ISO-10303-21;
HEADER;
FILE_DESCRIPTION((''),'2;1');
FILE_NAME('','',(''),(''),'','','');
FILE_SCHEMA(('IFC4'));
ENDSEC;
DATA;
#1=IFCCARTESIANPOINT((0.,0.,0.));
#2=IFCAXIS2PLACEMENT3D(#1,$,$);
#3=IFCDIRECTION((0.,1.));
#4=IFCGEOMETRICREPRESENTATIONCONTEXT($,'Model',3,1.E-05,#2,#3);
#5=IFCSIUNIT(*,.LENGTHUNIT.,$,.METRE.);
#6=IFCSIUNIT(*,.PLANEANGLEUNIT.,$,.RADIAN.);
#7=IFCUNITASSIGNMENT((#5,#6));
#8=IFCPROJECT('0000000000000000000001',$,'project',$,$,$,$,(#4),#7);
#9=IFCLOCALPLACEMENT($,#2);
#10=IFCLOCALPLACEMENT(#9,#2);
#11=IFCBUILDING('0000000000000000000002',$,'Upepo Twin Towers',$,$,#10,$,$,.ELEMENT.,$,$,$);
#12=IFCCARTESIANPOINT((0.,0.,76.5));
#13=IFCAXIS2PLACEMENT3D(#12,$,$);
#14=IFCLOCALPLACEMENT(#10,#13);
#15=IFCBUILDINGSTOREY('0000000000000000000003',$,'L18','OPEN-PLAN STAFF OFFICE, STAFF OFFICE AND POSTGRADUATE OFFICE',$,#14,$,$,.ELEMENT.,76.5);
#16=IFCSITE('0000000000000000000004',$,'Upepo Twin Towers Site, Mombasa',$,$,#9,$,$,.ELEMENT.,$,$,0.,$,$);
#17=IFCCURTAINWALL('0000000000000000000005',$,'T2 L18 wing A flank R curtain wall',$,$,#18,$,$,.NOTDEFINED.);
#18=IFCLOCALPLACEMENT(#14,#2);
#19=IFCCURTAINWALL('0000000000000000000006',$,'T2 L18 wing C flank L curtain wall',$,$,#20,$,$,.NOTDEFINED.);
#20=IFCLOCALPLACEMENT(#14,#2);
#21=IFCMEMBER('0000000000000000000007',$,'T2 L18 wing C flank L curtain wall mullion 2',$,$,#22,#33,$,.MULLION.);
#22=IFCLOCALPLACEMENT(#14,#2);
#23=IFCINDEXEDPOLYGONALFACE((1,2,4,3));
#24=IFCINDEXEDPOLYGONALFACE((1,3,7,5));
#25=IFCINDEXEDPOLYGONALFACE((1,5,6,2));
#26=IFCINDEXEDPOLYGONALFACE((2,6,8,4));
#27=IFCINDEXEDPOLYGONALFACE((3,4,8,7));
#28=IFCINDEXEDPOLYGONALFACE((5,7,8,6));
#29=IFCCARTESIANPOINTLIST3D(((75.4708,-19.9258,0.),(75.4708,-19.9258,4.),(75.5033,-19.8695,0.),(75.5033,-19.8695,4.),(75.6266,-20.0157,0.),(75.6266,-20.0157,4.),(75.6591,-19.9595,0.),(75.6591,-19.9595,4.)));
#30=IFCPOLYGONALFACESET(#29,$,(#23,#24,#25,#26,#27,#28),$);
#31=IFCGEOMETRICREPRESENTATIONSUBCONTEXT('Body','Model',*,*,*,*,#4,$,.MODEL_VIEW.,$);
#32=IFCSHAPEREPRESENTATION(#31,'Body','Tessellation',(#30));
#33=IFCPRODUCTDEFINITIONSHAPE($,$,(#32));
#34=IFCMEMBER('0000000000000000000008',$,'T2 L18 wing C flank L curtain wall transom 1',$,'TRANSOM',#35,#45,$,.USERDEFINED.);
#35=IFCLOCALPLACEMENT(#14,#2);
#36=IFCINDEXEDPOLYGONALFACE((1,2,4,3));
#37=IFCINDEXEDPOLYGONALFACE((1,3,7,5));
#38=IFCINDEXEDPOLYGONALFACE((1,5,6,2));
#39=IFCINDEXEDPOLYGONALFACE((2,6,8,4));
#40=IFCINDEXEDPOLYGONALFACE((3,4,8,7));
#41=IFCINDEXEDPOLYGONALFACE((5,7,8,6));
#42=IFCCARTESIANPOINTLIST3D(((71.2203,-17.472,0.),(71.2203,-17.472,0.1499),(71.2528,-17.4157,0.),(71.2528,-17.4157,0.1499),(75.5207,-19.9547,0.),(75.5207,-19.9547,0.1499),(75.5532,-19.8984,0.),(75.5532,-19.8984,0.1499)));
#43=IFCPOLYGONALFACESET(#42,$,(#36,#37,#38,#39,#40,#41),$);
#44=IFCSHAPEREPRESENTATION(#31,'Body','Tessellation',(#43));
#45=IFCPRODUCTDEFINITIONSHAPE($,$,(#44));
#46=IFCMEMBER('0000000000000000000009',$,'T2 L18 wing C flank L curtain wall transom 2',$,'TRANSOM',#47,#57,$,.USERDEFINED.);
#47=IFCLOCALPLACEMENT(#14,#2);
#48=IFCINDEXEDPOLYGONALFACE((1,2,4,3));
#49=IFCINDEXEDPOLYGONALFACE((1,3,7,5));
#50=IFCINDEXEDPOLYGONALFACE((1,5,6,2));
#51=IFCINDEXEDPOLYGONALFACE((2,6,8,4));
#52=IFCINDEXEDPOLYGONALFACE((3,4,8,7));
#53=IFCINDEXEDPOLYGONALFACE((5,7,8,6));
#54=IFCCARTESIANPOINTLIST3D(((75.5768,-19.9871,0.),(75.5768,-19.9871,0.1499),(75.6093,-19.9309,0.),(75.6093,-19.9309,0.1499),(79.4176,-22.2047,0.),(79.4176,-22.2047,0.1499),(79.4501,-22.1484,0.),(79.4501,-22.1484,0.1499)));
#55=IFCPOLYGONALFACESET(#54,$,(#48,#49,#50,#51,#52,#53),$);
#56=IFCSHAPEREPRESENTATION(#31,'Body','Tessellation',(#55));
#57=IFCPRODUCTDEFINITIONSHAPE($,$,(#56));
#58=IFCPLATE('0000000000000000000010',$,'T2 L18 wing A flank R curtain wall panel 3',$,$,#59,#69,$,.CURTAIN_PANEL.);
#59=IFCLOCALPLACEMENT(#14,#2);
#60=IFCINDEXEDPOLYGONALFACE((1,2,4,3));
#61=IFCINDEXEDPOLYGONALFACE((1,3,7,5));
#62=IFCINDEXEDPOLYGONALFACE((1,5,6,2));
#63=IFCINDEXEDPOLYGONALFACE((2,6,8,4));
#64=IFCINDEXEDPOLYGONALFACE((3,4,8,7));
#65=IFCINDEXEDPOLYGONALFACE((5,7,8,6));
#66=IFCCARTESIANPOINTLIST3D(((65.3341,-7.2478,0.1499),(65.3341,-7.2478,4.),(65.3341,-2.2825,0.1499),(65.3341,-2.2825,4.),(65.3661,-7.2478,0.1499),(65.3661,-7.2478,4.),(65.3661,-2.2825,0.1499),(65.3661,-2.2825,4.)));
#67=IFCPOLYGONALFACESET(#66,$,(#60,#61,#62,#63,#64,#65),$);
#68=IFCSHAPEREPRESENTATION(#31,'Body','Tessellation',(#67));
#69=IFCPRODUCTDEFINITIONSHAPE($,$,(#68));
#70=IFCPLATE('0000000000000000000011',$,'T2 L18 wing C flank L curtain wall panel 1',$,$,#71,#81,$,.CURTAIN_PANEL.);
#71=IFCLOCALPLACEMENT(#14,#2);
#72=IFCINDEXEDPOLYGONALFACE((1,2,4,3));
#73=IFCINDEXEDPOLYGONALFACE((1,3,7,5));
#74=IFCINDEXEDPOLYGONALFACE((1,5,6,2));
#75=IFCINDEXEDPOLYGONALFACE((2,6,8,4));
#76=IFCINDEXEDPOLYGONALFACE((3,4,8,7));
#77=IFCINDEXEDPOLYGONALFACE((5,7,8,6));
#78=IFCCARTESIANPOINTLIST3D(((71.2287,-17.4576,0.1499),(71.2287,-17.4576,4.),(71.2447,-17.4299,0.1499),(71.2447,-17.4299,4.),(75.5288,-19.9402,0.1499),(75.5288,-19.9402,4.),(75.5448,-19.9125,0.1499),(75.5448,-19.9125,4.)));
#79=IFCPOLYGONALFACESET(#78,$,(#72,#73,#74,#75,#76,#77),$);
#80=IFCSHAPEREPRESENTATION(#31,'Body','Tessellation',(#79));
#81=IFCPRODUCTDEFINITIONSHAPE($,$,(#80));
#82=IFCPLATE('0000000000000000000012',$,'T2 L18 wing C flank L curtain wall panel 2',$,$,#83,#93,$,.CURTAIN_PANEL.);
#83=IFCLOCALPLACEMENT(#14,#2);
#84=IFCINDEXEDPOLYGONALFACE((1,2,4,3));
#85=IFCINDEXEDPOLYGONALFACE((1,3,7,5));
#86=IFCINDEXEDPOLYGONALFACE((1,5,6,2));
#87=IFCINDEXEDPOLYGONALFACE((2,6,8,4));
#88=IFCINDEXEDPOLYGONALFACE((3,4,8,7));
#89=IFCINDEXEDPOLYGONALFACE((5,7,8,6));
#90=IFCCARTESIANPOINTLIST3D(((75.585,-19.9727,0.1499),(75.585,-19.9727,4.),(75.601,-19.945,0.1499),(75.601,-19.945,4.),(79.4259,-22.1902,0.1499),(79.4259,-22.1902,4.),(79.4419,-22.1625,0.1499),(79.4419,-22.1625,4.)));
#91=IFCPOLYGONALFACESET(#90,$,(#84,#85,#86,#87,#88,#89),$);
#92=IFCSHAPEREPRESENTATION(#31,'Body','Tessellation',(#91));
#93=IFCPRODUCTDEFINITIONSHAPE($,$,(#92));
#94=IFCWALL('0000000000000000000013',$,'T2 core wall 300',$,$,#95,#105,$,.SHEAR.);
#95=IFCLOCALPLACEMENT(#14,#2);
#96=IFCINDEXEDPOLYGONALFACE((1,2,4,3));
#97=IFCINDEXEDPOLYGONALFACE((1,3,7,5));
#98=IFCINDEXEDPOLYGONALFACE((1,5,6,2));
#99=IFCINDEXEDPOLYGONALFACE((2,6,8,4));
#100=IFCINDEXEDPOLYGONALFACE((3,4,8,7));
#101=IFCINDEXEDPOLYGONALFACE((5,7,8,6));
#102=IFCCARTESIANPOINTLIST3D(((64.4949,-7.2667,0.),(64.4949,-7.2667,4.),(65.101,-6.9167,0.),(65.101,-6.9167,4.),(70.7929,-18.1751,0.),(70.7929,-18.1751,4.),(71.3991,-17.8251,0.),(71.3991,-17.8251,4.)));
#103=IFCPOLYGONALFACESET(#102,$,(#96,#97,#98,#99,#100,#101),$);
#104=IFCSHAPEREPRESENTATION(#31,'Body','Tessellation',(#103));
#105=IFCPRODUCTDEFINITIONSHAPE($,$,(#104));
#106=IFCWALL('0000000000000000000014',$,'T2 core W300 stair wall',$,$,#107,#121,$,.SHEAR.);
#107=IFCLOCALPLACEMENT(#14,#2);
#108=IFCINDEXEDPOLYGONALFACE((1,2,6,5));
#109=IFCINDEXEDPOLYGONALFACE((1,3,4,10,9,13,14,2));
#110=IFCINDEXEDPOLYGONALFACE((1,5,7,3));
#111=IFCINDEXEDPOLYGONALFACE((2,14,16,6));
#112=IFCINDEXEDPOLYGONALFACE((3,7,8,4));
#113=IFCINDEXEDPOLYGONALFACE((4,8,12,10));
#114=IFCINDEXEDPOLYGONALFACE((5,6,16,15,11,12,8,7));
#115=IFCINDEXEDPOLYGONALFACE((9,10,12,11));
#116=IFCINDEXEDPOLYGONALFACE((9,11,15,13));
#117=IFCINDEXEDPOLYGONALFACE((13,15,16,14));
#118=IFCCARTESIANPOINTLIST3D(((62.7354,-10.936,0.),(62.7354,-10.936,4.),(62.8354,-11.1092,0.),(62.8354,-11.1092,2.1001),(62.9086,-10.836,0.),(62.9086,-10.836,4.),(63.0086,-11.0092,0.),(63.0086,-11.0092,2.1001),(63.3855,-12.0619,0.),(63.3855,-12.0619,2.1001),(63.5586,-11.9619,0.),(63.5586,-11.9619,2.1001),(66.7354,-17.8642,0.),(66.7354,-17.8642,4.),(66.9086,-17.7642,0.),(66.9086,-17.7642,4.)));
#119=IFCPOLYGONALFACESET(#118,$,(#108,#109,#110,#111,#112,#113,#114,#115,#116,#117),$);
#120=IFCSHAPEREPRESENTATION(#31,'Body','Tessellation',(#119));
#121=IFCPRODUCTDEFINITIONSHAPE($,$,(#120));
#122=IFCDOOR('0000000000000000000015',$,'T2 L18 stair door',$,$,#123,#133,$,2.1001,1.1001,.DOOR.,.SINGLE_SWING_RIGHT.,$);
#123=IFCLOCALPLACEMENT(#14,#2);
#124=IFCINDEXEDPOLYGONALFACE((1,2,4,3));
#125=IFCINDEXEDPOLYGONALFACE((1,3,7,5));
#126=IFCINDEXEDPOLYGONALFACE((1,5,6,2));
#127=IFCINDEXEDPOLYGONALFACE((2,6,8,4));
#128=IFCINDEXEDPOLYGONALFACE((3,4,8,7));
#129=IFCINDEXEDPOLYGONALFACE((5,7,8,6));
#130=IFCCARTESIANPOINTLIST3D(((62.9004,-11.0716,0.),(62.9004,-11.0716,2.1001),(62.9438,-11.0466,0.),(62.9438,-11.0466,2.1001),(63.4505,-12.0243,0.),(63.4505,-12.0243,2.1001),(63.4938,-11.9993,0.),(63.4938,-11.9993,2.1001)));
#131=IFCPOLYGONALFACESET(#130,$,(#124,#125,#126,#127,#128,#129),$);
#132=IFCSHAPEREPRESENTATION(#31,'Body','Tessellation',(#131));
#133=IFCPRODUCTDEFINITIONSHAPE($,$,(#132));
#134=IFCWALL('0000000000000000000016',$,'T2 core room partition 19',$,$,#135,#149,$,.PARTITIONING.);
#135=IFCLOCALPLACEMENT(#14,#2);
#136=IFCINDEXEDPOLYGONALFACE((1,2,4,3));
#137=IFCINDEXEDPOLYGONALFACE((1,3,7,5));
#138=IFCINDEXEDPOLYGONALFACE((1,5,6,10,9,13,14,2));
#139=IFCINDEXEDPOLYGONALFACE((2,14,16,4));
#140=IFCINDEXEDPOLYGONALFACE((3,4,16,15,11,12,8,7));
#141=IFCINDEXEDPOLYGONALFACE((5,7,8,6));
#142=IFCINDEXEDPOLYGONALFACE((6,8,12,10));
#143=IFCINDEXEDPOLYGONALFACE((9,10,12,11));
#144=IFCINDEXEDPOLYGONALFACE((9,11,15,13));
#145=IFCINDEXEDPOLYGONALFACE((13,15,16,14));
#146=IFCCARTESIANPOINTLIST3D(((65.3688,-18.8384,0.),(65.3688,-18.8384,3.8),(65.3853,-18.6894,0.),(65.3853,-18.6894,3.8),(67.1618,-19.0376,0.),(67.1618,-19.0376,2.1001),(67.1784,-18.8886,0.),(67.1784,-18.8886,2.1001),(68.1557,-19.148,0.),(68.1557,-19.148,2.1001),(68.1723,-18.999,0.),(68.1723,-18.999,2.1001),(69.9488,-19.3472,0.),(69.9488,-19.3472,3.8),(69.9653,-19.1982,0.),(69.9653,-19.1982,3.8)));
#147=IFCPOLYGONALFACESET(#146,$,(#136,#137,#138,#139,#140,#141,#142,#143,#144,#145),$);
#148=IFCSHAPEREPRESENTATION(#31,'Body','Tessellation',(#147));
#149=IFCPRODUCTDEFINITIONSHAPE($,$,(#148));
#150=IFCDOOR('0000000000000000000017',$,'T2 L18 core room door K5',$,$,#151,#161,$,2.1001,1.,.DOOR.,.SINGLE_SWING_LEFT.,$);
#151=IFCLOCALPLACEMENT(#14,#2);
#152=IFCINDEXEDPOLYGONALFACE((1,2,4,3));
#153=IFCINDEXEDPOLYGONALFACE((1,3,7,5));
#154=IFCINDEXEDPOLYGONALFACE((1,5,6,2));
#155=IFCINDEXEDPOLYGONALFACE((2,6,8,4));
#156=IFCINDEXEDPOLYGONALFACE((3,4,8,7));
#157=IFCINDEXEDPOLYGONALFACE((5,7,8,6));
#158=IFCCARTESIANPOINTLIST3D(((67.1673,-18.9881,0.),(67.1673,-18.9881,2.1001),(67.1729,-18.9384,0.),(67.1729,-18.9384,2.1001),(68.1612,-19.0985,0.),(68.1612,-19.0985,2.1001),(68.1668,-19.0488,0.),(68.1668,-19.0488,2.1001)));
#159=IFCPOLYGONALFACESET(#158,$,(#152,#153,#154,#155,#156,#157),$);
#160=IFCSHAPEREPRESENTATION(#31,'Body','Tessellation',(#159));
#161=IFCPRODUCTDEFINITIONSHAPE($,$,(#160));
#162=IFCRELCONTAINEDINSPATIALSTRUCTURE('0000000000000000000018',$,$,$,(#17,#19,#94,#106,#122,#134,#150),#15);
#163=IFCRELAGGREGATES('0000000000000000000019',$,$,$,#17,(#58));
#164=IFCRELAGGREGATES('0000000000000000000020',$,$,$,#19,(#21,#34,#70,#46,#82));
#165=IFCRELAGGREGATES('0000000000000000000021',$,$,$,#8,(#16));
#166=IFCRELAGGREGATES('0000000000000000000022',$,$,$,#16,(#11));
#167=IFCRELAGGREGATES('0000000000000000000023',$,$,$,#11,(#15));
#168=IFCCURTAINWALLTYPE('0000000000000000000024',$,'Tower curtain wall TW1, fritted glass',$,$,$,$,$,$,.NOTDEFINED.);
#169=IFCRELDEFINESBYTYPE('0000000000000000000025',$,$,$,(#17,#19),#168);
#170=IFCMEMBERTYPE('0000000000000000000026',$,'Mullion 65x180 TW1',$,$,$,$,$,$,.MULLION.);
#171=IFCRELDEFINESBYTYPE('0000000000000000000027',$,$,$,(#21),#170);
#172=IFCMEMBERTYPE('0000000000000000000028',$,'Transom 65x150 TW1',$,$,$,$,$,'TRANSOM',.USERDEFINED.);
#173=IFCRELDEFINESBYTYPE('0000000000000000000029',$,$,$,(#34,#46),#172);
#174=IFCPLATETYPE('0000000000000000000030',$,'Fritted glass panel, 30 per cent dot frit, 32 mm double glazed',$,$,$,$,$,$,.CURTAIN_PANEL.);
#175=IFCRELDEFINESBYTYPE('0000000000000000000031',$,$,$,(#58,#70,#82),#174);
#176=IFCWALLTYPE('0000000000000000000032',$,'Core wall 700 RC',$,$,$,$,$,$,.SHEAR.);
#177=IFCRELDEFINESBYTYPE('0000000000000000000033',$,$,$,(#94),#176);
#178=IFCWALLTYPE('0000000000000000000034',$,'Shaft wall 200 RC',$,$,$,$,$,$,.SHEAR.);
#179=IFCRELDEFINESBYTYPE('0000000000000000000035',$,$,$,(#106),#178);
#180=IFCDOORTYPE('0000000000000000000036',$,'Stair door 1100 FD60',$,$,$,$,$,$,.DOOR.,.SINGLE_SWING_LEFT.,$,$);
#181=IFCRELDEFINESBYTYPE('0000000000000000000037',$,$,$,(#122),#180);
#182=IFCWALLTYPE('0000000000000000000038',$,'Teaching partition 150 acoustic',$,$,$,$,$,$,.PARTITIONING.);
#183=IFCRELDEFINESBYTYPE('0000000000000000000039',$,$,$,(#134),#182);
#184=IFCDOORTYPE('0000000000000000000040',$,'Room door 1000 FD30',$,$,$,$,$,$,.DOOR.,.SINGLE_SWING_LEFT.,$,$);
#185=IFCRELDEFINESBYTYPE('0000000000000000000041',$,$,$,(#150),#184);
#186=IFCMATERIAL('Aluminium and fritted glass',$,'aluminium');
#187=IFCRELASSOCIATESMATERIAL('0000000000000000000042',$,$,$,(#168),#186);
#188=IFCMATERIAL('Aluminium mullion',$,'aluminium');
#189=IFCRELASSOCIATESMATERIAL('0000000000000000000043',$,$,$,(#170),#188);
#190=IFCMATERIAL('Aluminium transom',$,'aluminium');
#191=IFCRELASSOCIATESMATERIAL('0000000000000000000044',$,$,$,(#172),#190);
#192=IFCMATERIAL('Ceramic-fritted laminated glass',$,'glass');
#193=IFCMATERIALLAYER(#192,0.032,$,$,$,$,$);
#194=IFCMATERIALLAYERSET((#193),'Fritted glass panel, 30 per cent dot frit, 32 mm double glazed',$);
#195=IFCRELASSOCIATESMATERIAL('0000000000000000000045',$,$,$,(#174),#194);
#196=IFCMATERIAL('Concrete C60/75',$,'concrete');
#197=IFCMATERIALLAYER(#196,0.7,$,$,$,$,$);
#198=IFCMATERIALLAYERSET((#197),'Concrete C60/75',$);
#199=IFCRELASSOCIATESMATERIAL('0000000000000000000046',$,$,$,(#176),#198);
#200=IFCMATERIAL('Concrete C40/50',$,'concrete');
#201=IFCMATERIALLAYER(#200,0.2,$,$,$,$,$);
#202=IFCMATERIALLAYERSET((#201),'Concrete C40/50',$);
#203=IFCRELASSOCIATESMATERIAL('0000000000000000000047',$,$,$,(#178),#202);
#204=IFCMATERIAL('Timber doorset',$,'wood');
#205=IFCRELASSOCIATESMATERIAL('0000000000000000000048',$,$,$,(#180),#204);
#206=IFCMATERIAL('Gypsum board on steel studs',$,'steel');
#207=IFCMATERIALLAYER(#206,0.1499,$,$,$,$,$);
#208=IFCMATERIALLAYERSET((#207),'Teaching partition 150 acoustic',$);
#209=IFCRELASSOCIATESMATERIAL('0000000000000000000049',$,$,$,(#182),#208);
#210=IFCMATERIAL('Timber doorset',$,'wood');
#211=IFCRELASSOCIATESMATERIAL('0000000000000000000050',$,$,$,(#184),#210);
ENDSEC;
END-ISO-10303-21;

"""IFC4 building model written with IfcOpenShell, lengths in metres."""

from ifc_helpers import new_model, si_unit, direction, frame, frame_2d, origin, origin_2d, place, context, subcontext, project, spatial, rectangle, extrude, material, layer, layer_set, material_profile, profile_set, type_object, element, fill, aggregate, save


model = new_model("IFC4")

# Units and contexts
model_context = context("Model", 3, precision=1e-05, world=origin(), true_north=direction((0.0, 1.0)))
body_context = subcontext(model_context, "Body", "Model", "MODEL_VIEW")
ifc_project = project(units=[si_unit("LENGTHUNIT", "METRE"), si_unit("PLANEANGLEUNIT", "RADIAN")], contexts=[model_context])

# Site, building, storey
site_placement = place(None, origin())
site = spatial("IfcSite", under=ifc_project, at=site_placement, Name="Upepo Twin Towers Site, Mombasa", CompositionType="ELEMENT", RefElevation=0.0)
building_placement = place(site_placement, origin())
building = spatial("IfcBuilding", under=site, at=building_placement, Name="Upepo Twin Towers", CompositionType="ELEMENT")
storey_placement = place(building_placement, frame((0.0, 0.0, 76.5)))
storey = spatial("IfcBuildingStorey", under=building, at=storey_placement, Name="L18", Description="OPEN-PLAN STAFF OFFICE, STAFF OFFICE AND POSTGRADUATE OFFICE", CompositionType="ELEMENT", Elevation=76.5)

# Curtain wall
ifc_material_1 = material(Name="Aluminium and fritted glass", Category="aluminium")
curtain_wall_type = type_object("IfcCurtainWallType", Name="Tower curtain wall TW1, fritted glass", PredefinedType="NOTDEFINED", material=ifc_material_1)
curtain_wall_1_placement = place(storey_placement, origin())
curtain_wall_1 = element("IfcCurtainWall", 1, at=curtain_wall_1_placement, inside=storey, type_object=curtain_wall_type, Name="T2 L18 wing A flank R curtain wall", PredefinedType="NOTDEFINED")
ifc_material_2 = material(Name="Aluminium mullion", Category="aluminium")
ifc_material_profile_1 = material_profile(ifc_material_2, rectangle(XDim=0.0649, YDim=0.1799, at=origin_2d()), Name="MULLION 65x180")
ifc_profile_set_1 = profile_set([ifc_material_profile_1], Name="Aluminium mullion")
member_type_1 = type_object("IfcMemberType", Name="Mullion 65x180 TW1", PredefinedType="MULLION", material=ifc_profile_set_1)

# Curtain wall, members
curtain_wall_2_placement = place(storey_placement, origin())
curtain_wall_2 = element("IfcCurtainWall", 2, at=curtain_wall_2_placement, inside=storey, type_object=curtain_wall_type, Name="T2 L18 wing C flank L curtain wall", PredefinedType="NOTDEFINED")
member_1_placement = place(storey_placement, frame((75.5649, -19.9426, 0.0), z_axis=(0.0, 0.0, 1.0), x_axis=(0.5, 0.866025, 0.0)))
member_1 = element("IfcMember", 3, at=member_1_placement, type_object=member_type_1, Name="T2 L18 wing C flank L curtain wall mullion 2", PredefinedType="MULLION", context=body_context, shape_type="SweptSolid", body=[
    extrude(rectangle(XDim=0.0649, YDim=0.1799, at=origin_2d()), origin(), (0.0, 0.0, 1.0), 4.0),
])
ifc_material_3 = material(Name="Aluminium transom", Category="aluminium")
ifc_material_profile_2 = material_profile(ifc_material_3, rectangle(XDim=0.0649, YDim=0.1499, at=origin_2d()), Name="TRANSOM 65x150")
ifc_profile_set_2 = profile_set([ifc_material_profile_2], Name="Aluminium transom")
member_type_2 = type_object("IfcMemberType", Name="Transom 65x150 TW1", ElementType="TRANSOM", PredefinedType="USERDEFINED", material=ifc_profile_set_2)
member_2_placement = place(storey_placement, frame((71.2366, -17.4438, 0.075), z_axis=(0.866035, -0.499983, 0.0), x_axis=(0.499983, 0.866035, 0.0)))
member_2 = element("IfcMember", 4, at=member_2_placement, type_object=member_type_2, Name="T2 L18 wing C flank L curtain wall transom 1", ObjectType="TRANSOM", PredefinedType="USERDEFINED", context=body_context, shape_type="SweptSolid", body=[
    extrude(rectangle(XDim=0.0649, YDim=0.1499, at=origin_2d()), origin(), (0.0, 0.0, 1.0), 4.9656),
])
member_3_placement = place(storey_placement, frame((75.593, -19.959, 0.075), z_axis=(0.866022, -0.500005, 0.0), x_axis=(0.500005, 0.866022, 0.0)))
member_3 = element("IfcMember", 5, at=member_3_placement, type_object=member_type_2, Name="T2 L18 wing C flank L curtain wall transom 2", ObjectType="TRANSOM", PredefinedType="USERDEFINED", context=body_context, shape_type="SweptSolid", body=[
    extrude(rectangle(XDim=0.0649, YDim=0.1499, at=origin_2d()), origin(), (0.0, 0.0, 1.0), 4.4351),
])

# Plates
ifc_material_4 = material(Name="Ceramic-fritted laminated glass", Category="glass")
ifc_layer_1 = layer(ifc_material_4, 0.032)
ifc_layer_set_1 = layer_set([ifc_layer_1], Name="Fritted glass panel, 30 per cent dot frit, 32 mm double glazed")
plate_type = type_object("IfcPlateType", Name="Fritted glass panel, 30 per cent dot frit, 32 mm double glazed", PredefinedType="CURTAIN_PANEL", material=ifc_layer_set_1)
plate_1_placement = place(storey_placement, frame((65.3501, -4.7651, 0.1499), z_axis=(0.0, 0.0, 1.0), x_axis=(0.0, -1.0, 0.0)))
plate_1 = element("IfcPlate", 6, at=plate_1_placement, type_object=plate_type, Name="T2 L18 wing A flank R curtain wall panel 3", PredefinedType="CURTAIN_PANEL", context=body_context, shape_type="SweptSolid", body=[
    extrude(rectangle(XDim=4.9653, YDim=0.032, at=origin_2d()), origin(), (0.0, 0.0, 1.0), 3.8501),
])
aggregate(curtain_wall_1, [plate_1])
plate_2_placement = place(storey_placement, frame((73.3867, -18.6851, 0.1499), z_axis=(0.0, 0.0, 1.0), x_axis=(0.866025, -0.5, 0.0)))
plate_2 = element("IfcPlate", 7, at=plate_2_placement, type_object=plate_type, Name="T2 L18 wing C flank L curtain wall panel 1", PredefinedType="CURTAIN_PANEL", context=body_context, shape_type="SweptSolid", body=[
    extrude(rectangle(XDim=4.9653, YDim=0.032, at=origin_2d()), origin(), (0.0, 0.0, 1.0), 3.8501),
])
plate_3_placement = place(storey_placement, frame((77.5134, -21.0676, 0.1499), z_axis=(0.0, 0.0, 1.0), x_axis=(0.866025, -0.5, 0.0)))
plate_3 = element("IfcPlate", 8, at=plate_3_placement, type_object=plate_type, Name="T2 L18 wing C flank L curtain wall panel 2", PredefinedType="CURTAIN_PANEL", context=body_context, shape_type="SweptSolid", body=[
    extrude(rectangle(XDim=4.4351, YDim=0.032, at=origin_2d()), origin(), (0.0, 0.0, 1.0), 3.8501),
])
aggregate(curtain_wall_2, [member_1, member_2, plate_2, member_3, plate_3])

# Wall
ifc_material_5 = material(Name="Concrete C60/75", Category="concrete")
ifc_layer_2 = layer(ifc_material_5, 0.7)
ifc_layer_set_2 = layer_set([ifc_layer_2], Name="Concrete C60/75")
wall_type_1 = type_object("IfcWallType", Name="Core wall 700 RC", PredefinedType="SHEAR", material=ifc_layer_set_2)
wall_1_placement = place(storey_placement, frame((71.0959, -18.0, 0.0), z_axis=(0.0, 0.0, 1.0), x_axis=(-0.500006, 0.866022, 0.0)))
element("IfcWall", 9, at=wall_1_placement, inside=storey, type_object=wall_type_1, Name="T2 core wall 300", PredefinedType="SHEAR", context=body_context, shape_type="SweptSolid", body=[
    extrude(rectangle(XDim=12.5959, YDim=0.7, at=frame_2d((6.2979, 0.0))), origin(), (0.0, 0.0, 1.0), 4.0),
])

# Walls, openings, doors
ifc_material_6 = material(Name="Concrete C40/50", Category="concrete")
ifc_layer_3 = layer(ifc_material_6, 0.2)
ifc_layer_set_3 = layer_set([ifc_layer_3], Name="Concrete C40/50")
wall_type_2 = type_object("IfcWallType", Name="Shaft wall 200 RC", PredefinedType="SHEAR", material=ifc_layer_set_3)
wall_2_placement = place(storey_placement, frame((66.822, -17.8142, 0.0), z_axis=(0.0, 0.0, 1.0), x_axis=(-0.499999, 0.866026, 0.0)))
wall_2 = element("IfcWall", 10, at=wall_2_placement, inside=storey, type_object=wall_type_2, Name="T2 core W300 stair wall", PredefinedType="SHEAR", context=body_context, shape_type="SweptSolid", body=[
    extrude(rectangle(XDim=8.0, YDim=0.2, at=frame_2d((4.0, 0.0))), origin(), (0.0, 0.0, 1.0), 4.0),
])
opening_1_placement = place(wall_2_placement, frame((6.7, 0.0, 0.0)))
opening_1 = element("IfcOpeningElement", 11, at=opening_1_placement, cuts=wall_2, PredefinedType="OPENING", context=body_context, shape_type="SweptSolid", body=[
    extrude(rectangle(XDim=1.1001, YDim=2.1001, at=frame_2d((0.55, 1.05))), frame((0.0, 0.1099, 0.0), z_axis=(0.0, -1.0, 0.0), x_axis=(1.0, 0.0, 0.0)), (0.0, 0.0, 1.0), 0.22),
])
ifc_material_7 = material(Name="Timber doorset", Category="wood")
door_type_1 = type_object("IfcDoorType", Name="Stair door 1100 FD60", OperationType="SINGLE_SWING_LEFT", PredefinedType="DOOR", material=ifc_material_7)
door_1_placement = place(opening_1_placement, origin())
door_1 = element("IfcDoor", 12, at=door_1_placement, inside=storey, type_object=door_type_1, Name="T2 L18 stair door", OperationType="SINGLE_SWING_RIGHT", OverallHeight=2.1001, OverallWidth=1.1001, PredefinedType="DOOR", context=body_context, shape_type="SweptSolid", body=[
    extrude(rectangle(XDim=1.1001, YDim=2.1001, at=frame_2d((0.55, 1.05))), frame((0.0, 0.0249, 0.0), z_axis=(0.0, -1.0, 0.0), x_axis=(1.0, 0.0, 0.0)), (0.0, 0.0, 1.0), 0.05),
])
fill(opening_1, door_1)
ifc_material_8 = material(Name="Gypsum board on steel studs", Category="steel")
ifc_layer_4 = layer(ifc_material_8, 0.1499)
ifc_layer_set_4 = layer_set([ifc_layer_4], Name="Teaching partition 150 acoustic")
wall_type_3 = type_object("IfcWallType", Name="Teaching partition 150 acoustic", PredefinedType="PARTITIONING", material=ifc_layer_set_4)
wall_3_placement = place(storey_placement, frame((65.377, -18.7639, 0.0), z_axis=(0.0, 0.0, 1.0), x_axis=(0.993886, -0.110408, 0.0)))
wall_3 = element("IfcWall", 13, at=wall_3_placement, inside=storey, type_object=wall_type_3, Name="T2 core room partition 19", PredefinedType="PARTITIONING", context=body_context, shape_type="SweptSolid", body=[
    extrude(rectangle(XDim=4.6082, YDim=0.1499, at=frame_2d((2.3042, 0.0))), origin(), (0.0, 0.0, 1.0), 3.8),
])
opening_2_placement = place(wall_3_placement, frame((1.8042, 0.0, 0.0)))
opening_2 = element("IfcOpeningElement", 14, at=opening_2_placement, cuts=wall_3, PredefinedType="OPENING", context=body_context, shape_type="SweptSolid", body=[
    extrude(rectangle(XDim=1.0, YDim=2.1001, at=frame_2d((0.5, 1.05))), frame((0.0, 0.085, 0.0), z_axis=(0.0, -1.0, 0.0), x_axis=(1.0, 0.0, 0.0)), (0.0, 0.0, 1.0), 0.1699),
])
ifc_material_9 = material(Name="Timber doorset", Category="wood")
door_type_2 = type_object("IfcDoorType", Name="Room door 1000 FD30", OperationType="SINGLE_SWING_LEFT", PredefinedType="DOOR", material=ifc_material_9)
door_2_placement = place(opening_2_placement, origin())
door_2 = element("IfcDoor", 15, at=door_2_placement, inside=storey, type_object=door_type_2, Name="T2 L18 core room door K5", OperationType="SINGLE_SWING_LEFT", OverallHeight=2.1001, OverallWidth=1.0, PredefinedType="DOOR", context=body_context, shape_type="SweptSolid", body=[
    extrude(rectangle(XDim=1.0, YDim=2.1001, at=frame_2d((0.5, 1.05))), frame((0.0, 0.0249, 0.0), z_axis=(0.0, -1.0, 0.0), x_axis=(1.0, 0.0, 0.0)), (0.0, 0.0, 1.0), 0.05),
])
fill(opening_2, door_2)

save(model, "model.ifc")
